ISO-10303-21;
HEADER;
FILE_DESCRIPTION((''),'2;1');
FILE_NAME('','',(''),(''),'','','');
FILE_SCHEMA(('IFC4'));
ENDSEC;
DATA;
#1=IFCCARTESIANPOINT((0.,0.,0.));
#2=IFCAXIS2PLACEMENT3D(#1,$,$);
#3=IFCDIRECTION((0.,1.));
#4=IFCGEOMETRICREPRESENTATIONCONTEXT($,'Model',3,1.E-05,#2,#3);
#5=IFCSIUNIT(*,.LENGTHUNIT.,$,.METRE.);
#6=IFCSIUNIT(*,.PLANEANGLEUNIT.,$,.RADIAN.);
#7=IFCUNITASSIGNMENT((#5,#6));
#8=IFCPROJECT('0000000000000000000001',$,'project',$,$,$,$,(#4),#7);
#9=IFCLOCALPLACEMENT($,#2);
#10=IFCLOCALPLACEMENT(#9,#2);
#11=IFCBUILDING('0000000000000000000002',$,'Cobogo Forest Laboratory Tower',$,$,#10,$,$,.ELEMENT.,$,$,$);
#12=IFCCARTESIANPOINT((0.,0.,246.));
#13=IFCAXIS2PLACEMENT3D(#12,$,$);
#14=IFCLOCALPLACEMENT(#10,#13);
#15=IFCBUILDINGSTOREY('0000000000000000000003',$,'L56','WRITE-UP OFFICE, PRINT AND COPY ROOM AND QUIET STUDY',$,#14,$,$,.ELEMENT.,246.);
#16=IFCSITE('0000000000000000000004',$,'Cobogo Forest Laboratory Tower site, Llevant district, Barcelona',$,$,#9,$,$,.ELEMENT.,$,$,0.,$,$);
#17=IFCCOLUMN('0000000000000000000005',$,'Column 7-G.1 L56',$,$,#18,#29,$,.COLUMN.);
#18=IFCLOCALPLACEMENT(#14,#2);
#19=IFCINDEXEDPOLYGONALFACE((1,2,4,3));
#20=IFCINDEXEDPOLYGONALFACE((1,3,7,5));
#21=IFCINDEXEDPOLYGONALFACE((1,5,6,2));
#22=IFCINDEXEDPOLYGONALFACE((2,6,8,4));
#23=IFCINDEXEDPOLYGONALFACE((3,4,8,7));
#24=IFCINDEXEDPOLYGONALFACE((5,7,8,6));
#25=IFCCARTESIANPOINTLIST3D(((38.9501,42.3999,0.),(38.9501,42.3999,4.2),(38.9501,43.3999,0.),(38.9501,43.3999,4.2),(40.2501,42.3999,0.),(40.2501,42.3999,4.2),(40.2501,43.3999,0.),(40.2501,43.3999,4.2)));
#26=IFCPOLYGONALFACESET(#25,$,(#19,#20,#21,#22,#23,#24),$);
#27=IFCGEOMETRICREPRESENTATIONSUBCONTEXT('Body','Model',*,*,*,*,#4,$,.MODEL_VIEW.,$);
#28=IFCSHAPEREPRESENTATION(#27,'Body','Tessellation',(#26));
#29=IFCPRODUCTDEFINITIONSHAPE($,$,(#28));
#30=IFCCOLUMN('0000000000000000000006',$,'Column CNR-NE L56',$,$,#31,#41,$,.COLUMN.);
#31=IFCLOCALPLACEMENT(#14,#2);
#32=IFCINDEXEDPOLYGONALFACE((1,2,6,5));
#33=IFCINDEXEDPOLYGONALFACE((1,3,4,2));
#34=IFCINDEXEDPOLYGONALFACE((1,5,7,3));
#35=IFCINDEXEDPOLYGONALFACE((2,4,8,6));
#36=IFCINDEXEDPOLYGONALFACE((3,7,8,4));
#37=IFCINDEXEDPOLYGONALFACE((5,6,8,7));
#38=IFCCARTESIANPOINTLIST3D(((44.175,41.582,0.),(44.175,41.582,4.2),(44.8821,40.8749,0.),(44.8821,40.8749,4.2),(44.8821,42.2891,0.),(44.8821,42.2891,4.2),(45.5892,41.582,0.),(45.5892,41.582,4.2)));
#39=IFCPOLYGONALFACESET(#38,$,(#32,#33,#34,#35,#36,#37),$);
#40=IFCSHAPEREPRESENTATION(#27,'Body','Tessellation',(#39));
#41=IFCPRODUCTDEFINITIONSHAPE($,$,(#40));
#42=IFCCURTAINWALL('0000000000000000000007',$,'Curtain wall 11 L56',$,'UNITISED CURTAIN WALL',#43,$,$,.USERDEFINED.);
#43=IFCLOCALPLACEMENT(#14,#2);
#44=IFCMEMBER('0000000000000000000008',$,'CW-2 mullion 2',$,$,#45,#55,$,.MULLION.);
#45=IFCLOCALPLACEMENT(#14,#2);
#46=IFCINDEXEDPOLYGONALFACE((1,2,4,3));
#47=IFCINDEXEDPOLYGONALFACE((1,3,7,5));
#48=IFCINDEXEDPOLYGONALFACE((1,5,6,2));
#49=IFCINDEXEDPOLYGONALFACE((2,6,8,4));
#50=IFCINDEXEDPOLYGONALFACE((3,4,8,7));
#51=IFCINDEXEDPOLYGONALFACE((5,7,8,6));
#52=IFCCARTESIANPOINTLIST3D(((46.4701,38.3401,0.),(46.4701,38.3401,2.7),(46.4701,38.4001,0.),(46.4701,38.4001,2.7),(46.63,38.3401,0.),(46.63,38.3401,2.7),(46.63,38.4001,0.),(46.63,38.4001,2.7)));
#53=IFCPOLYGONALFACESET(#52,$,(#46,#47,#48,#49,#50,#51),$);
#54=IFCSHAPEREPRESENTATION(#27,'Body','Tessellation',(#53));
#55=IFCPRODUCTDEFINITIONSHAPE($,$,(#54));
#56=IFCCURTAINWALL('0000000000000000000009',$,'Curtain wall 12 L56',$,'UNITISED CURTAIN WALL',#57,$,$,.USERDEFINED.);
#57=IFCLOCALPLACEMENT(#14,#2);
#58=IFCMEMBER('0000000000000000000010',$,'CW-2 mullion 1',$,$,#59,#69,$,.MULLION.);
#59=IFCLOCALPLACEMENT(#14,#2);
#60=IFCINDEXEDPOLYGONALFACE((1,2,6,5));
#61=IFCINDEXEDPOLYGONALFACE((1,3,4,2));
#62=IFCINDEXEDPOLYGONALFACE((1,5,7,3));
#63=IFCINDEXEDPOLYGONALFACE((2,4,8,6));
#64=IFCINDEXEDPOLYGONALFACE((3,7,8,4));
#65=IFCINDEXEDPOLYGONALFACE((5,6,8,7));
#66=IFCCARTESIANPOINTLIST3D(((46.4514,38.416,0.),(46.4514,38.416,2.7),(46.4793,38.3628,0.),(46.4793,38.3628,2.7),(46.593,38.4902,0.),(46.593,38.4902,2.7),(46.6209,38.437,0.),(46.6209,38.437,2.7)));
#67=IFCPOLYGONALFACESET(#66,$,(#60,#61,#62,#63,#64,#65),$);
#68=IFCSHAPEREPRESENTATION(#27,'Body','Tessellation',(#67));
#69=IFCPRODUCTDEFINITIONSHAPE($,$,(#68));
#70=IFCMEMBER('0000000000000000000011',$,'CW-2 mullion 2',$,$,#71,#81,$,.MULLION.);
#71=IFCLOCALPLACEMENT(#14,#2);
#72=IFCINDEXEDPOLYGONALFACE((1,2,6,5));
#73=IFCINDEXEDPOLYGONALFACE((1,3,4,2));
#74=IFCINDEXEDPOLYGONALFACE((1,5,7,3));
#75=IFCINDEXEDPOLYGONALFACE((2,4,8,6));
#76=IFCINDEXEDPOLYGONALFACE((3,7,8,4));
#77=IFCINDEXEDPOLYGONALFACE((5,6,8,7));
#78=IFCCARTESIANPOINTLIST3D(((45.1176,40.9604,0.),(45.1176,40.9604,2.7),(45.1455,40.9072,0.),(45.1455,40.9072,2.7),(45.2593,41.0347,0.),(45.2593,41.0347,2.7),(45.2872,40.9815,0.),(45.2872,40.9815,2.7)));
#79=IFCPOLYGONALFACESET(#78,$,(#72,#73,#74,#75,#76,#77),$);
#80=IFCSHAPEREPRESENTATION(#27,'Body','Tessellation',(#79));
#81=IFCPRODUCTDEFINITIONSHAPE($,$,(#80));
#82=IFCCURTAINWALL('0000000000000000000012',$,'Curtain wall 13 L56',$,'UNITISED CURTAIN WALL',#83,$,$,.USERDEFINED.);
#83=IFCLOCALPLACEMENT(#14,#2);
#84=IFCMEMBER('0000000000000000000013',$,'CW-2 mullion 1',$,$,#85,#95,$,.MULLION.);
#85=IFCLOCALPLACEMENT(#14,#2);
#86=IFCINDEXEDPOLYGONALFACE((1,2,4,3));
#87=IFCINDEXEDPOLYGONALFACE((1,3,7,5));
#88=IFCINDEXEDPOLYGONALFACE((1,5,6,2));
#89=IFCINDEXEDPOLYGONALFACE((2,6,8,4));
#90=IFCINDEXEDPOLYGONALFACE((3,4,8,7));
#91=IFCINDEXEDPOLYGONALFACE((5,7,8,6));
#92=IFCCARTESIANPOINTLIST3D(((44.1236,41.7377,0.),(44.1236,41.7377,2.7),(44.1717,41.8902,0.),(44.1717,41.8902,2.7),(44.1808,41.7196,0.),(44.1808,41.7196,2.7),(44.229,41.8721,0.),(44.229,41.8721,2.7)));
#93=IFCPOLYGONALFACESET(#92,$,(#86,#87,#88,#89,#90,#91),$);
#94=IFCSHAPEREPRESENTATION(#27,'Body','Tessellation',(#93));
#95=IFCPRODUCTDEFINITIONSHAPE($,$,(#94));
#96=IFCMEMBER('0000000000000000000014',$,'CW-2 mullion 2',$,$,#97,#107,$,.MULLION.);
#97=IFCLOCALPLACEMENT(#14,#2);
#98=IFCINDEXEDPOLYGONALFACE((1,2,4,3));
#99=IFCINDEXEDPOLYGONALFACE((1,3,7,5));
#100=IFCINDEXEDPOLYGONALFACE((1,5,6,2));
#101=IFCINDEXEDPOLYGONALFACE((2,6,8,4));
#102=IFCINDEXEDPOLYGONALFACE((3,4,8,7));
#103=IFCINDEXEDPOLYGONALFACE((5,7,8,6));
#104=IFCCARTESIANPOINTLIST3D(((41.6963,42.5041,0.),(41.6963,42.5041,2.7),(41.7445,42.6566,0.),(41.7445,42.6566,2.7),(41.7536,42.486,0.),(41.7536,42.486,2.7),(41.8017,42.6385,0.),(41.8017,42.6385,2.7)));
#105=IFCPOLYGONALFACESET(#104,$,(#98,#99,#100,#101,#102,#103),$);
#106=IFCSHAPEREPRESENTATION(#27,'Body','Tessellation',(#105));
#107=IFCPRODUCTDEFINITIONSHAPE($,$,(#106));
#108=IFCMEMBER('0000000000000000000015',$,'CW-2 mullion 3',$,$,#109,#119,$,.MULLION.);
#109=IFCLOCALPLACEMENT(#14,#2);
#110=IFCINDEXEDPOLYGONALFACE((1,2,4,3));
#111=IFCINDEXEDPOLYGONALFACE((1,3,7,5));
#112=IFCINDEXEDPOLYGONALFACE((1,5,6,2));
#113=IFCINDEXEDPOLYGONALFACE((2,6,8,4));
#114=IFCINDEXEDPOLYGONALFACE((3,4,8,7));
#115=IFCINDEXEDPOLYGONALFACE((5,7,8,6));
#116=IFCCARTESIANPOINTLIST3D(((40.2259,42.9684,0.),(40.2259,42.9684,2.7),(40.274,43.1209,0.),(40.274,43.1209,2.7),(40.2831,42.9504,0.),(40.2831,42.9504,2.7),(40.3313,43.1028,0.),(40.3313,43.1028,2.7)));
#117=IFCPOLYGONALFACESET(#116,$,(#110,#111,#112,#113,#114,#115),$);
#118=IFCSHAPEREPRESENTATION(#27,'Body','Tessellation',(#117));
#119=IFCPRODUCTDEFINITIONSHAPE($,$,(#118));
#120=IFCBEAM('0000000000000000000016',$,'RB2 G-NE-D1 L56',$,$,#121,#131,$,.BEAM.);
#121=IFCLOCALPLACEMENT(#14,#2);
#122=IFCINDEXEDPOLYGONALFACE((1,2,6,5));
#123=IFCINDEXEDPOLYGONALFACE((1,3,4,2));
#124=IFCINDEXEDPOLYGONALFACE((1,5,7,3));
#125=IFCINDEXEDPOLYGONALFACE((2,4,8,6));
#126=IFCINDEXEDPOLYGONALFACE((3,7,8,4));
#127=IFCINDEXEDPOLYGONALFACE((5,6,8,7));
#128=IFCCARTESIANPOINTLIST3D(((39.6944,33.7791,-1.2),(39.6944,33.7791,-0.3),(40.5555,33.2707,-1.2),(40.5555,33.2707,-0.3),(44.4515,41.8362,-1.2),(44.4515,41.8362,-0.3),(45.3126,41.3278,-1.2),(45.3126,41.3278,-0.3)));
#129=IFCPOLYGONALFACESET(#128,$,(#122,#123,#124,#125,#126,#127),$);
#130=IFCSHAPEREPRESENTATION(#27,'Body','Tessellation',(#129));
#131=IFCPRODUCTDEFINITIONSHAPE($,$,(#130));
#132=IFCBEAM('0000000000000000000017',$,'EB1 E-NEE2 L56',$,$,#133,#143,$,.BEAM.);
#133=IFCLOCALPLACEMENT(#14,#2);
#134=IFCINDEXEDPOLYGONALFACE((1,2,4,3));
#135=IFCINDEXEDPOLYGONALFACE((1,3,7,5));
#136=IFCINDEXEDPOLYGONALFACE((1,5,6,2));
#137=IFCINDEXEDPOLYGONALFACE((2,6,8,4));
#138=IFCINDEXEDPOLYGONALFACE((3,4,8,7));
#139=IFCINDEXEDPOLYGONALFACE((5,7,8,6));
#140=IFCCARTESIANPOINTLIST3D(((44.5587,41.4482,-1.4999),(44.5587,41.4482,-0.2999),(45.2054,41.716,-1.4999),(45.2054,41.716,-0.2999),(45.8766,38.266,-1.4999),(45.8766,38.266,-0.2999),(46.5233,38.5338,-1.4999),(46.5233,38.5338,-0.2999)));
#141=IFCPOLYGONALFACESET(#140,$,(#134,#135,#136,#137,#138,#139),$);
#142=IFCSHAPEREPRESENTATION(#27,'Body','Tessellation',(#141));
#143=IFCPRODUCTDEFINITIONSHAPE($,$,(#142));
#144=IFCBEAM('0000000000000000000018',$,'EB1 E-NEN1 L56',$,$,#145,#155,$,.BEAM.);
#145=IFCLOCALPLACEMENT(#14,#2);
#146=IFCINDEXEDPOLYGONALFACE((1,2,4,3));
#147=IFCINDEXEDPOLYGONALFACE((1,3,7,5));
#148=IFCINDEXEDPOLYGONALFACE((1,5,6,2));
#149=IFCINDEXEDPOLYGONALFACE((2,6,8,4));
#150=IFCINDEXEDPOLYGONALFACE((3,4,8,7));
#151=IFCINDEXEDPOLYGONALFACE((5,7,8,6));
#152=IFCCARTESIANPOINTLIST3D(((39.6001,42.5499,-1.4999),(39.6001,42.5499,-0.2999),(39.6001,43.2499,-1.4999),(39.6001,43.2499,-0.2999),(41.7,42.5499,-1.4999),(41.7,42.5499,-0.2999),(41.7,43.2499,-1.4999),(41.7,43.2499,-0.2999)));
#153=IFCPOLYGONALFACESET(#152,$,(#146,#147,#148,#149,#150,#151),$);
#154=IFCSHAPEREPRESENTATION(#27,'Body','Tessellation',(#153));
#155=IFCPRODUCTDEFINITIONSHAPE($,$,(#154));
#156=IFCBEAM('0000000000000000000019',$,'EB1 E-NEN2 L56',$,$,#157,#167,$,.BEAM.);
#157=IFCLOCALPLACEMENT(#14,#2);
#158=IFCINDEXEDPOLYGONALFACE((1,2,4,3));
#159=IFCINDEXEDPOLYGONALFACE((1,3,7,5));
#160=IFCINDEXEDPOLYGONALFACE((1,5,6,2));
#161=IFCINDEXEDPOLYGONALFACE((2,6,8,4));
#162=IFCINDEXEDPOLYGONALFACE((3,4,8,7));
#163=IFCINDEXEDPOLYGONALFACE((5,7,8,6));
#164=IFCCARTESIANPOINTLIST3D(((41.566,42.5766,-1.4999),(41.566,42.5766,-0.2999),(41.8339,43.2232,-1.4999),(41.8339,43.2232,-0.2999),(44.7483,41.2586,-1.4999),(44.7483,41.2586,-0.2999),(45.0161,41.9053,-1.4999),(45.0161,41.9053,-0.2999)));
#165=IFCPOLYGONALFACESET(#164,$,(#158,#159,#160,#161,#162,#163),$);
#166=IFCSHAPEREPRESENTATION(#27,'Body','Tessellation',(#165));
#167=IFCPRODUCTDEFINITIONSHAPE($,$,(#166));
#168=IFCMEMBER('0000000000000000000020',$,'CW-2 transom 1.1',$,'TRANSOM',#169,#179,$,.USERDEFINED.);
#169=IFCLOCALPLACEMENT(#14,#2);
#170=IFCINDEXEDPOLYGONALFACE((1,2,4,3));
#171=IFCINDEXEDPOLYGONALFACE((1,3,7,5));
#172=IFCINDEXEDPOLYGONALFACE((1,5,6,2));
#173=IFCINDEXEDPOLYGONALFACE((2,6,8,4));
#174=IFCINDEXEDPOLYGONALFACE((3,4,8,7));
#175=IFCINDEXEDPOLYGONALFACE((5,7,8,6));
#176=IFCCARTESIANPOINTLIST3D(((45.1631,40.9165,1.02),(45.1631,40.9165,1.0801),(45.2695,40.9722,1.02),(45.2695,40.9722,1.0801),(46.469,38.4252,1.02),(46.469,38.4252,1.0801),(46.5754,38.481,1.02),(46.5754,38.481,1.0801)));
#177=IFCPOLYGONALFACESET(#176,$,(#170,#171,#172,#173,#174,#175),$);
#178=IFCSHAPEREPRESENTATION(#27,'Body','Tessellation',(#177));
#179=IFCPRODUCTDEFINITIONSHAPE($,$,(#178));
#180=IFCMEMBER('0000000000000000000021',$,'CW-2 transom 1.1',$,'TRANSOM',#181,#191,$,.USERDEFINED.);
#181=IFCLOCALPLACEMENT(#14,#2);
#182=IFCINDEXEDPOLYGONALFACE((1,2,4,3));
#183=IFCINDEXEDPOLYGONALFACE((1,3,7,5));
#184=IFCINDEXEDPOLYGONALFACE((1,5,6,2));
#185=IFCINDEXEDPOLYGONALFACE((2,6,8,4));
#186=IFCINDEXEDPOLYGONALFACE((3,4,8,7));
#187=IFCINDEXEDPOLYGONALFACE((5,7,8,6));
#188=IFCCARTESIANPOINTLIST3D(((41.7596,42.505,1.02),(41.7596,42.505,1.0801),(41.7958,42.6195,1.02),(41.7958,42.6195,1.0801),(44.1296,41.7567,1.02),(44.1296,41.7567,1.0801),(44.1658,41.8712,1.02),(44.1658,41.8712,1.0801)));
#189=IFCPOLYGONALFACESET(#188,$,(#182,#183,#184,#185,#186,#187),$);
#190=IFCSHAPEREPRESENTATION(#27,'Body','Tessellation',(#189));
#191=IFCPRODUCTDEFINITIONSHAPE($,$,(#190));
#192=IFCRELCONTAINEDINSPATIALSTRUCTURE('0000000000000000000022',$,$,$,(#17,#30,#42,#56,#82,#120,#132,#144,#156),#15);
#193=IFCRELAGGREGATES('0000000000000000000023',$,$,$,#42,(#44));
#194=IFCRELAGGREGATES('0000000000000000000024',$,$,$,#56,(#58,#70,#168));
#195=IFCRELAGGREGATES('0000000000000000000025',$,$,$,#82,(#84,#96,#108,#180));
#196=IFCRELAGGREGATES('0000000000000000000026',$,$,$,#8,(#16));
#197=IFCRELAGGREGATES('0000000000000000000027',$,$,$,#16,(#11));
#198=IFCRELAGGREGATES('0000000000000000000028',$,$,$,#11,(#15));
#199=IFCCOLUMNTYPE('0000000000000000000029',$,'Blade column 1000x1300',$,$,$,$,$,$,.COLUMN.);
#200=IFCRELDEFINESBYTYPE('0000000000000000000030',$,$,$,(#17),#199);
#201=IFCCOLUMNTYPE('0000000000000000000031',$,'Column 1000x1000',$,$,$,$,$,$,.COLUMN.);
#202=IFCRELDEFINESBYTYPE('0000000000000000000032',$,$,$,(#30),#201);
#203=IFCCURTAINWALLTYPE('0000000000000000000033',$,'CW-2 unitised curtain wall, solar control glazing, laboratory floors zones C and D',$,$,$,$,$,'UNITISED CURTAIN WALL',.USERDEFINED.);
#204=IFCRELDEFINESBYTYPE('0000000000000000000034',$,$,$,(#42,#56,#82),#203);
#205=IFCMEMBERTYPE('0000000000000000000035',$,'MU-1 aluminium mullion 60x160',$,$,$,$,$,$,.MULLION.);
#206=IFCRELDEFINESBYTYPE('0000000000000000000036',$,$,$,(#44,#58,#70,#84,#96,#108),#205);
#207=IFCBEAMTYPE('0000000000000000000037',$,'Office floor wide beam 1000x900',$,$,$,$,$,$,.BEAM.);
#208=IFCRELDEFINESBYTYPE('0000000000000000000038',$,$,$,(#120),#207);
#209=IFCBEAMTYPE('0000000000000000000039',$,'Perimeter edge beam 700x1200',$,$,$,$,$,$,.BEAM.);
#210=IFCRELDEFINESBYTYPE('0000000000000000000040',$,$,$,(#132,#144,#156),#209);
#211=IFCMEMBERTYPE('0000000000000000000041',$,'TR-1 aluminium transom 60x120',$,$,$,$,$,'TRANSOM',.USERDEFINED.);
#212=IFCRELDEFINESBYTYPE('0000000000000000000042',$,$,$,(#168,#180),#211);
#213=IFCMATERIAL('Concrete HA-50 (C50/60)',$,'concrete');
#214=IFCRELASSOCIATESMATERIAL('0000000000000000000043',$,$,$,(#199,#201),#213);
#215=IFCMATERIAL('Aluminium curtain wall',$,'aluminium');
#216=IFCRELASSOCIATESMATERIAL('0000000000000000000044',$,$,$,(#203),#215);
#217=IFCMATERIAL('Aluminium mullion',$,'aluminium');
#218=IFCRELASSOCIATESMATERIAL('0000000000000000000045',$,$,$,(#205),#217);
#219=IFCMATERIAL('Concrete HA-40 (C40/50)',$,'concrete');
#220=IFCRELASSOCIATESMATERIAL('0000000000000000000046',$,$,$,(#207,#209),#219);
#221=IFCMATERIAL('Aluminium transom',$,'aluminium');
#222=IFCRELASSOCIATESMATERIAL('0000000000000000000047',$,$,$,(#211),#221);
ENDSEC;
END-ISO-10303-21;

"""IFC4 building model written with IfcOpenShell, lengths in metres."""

from ifc_helpers import new_model, si_unit, direction, frame, origin, origin_2d, place, context, subcontext, project, spatial, rectangle, extrude, material, material_profile, profile_set, type_object, element, aggregate, save


model = new_model("IFC4")

# Units and contexts
model_context = context("Model", 3, precision=1e-05, world=origin(), true_north=direction((0.0, 1.0)))
body_context = subcontext(model_context, "Body", "Model", "MODEL_VIEW")
ifc_project = project(units=[si_unit("LENGTHUNIT", "METRE"), si_unit("PLANEANGLEUNIT", "RADIAN")], contexts=[model_context])

# Site, building, storey
site_placement = place(None, origin())
site = spatial("IfcSite", under=ifc_project, at=site_placement, Name="Cobogo Forest Laboratory Tower site, Llevant district, Barcelona", CompositionType="ELEMENT", RefElevation=0.0)
building_placement = place(site_placement, origin())
building = spatial("IfcBuilding", under=site, at=building_placement, Name="Cobogo Forest Laboratory Tower", CompositionType="ELEMENT")
storey_placement = place(building_placement, frame((0.0, 0.0, 246.0)))
storey = spatial("IfcBuildingStorey", under=building, at=storey_placement, Name="L56", Description="WRITE-UP OFFICE, PRINT AND COPY ROOM AND QUIET STUDY", CompositionType="ELEMENT", Elevation=246.0)

# Columns
ifc_material_1 = material(Name="Concrete HA-50 (C50/60)", Category="concrete")
ifc_material_profile_1 = material_profile(ifc_material_1, rectangle(XDim=1.3, YDim=1.0, at=origin_2d()), Name="RC 1000x1300")
ifc_profile_set_1 = profile_set([ifc_material_profile_1], Name="Concrete HA-50 (C50/60)")
column_type_1 = type_object("IfcColumnType", Name="Blade column 1000x1300", PredefinedType="COLUMN", material=ifc_profile_set_1)
column_1_placement = place(storey_placement, frame((39.6001, 42.8999, 0.0), z_axis=(0.0, 0.0, 1.0), x_axis=(1.0, 0.0, 0.0)))
element("IfcColumn", 1, at=column_1_placement, inside=storey, type_object=column_type_1, Name="Column 7-G.1 L56", PredefinedType="COLUMN", context=body_context, shape_type="SweptSolid", body=[
    extrude(rectangle(XDim=1.3, YDim=1.0, at=origin_2d()), origin(), (0.0, 0.0, 1.0), 4.2),
])
ifc_material_profile_2 = material_profile(ifc_material_1, rectangle(XDim=1.0, YDim=1.0, at=origin_2d()), Name="RC 1000x1000")
ifc_profile_set_2 = profile_set([ifc_material_profile_2], Name="Concrete HA-50 (C50/60)")
column_type_2 = type_object("IfcColumnType", Name="Column 1000x1000", PredefinedType="COLUMN", material=ifc_profile_set_2)
column_2_placement = place(storey_placement, frame((44.8821, 41.582, 0.0), z_axis=(0.0, 0.0, 1.0), x_axis=(0.707107, 0.707107, 0.0)))
element("IfcColumn", 2, at=column_2_placement, inside=storey, type_object=column_type_2, Name="Column CNR-NE L56", PredefinedType="COLUMN", context=body_context, shape_type="SweptSolid", body=[
    extrude(rectangle(XDim=1.0, YDim=1.0, at=origin_2d()), origin(), (0.0, 0.0, 1.0), 4.2),
])

# Curtain wall, member
ifc_material_2 = material(Name="Aluminium curtain wall", Category="aluminium")
curtain_wall_type = type_object("IfcCurtainWallType", Name="CW-2 unitised curtain wall, solar control glazing, laboratory floors zones C and D", ElementType="UNITISED CURTAIN WALL", PredefinedType="USERDEFINED", material=ifc_material_2)
curtain_wall_1_placement = place(storey_placement, origin())
curtain_wall_1 = element("IfcCurtainWall", 3, at=curtain_wall_1_placement, inside=storey, type_object=curtain_wall_type, Name="Curtain wall 11 L56", ObjectType="UNITISED CURTAIN WALL", PredefinedType="USERDEFINED")
ifc_material_3 = material(Name="Aluminium mullion", Category="aluminium")
ifc_material_profile_3 = material_profile(ifc_material_3, rectangle(XDim=0.0601, YDim=0.1599, at=origin_2d()), Name="AL 60x160")
ifc_profile_set_3 = profile_set([ifc_material_profile_3], Name="Aluminium mullion")
member_type_1 = type_object("IfcMemberType", Name="MU-1 aluminium mullion 60x160", PredefinedType="MULLION", material=ifc_profile_set_3)
member_1_placement = place(storey_placement, frame((46.55, 38.3701, 0.0), z_axis=(0.0, 0.0, 1.0), x_axis=(0.0, 1.0, 0.0)))
member_1 = element("IfcMember", 4, at=member_1_placement, type_object=member_type_1, Name="CW-2 mullion 2", PredefinedType="MULLION", context=body_context, shape_type="SweptSolid", body=[
    extrude(rectangle(XDim=0.0601, YDim=0.1599, at=origin_2d()), origin(), (0.0, 0.0, 1.0), 2.7),
])

# Curtain walls, members
curtain_wall_2_placement = place(storey_placement, origin())
curtain_wall_2 = element("IfcCurtainWall", 5, at=curtain_wall_2_placement, inside=storey, type_object=curtain_wall_type, Name="Curtain wall 12 L56", ObjectType="UNITISED CURTAIN WALL", PredefinedType="USERDEFINED")
member_2_placement = place(storey_placement, frame((46.5361, 38.4265, 0.0), z_axis=(0.0, 0.0, 1.0), x_axis=(-0.464284, 0.885686, 0.0)))
member_2 = element("IfcMember", 6, at=member_2_placement, type_object=member_type_1, Name="CW-2 mullion 1", PredefinedType="MULLION", context=body_context, shape_type="SweptSolid", body=[
    extrude(rectangle(XDim=0.0601, YDim=0.1599, at=origin_2d()), origin(), (0.0, 0.0, 1.0), 2.7),
])
member_3_placement = place(storey_placement, frame((45.2024, 40.9709, 0.0), z_axis=(0.0, 0.0, 1.0), x_axis=(-0.464284, 0.885686, 0.0)))
member_3 = element("IfcMember", 7, at=member_3_placement, type_object=member_type_1, Name="CW-2 mullion 2", PredefinedType="MULLION", context=body_context, shape_type="SweptSolid", body=[
    extrude(rectangle(XDim=0.0601, YDim=0.1599, at=origin_2d()), origin(), (0.0, 0.0, 1.0), 2.7),
])
curtain_wall_3_placement = place(storey_placement, origin())
curtain_wall_3 = element("IfcCurtainWall", 8, at=curtain_wall_3_placement, inside=storey, type_object=curtain_wall_type, Name="Curtain wall 13 L56", ObjectType="UNITISED CURTAIN WALL", PredefinedType="USERDEFINED")
member_4_placement = place(storey_placement, frame((44.1763, 41.8049, 0.0), z_axis=(0.0, 0.0, 1.0), x_axis=(-0.953581, 0.301135, 0.0)))
member_4 = element("IfcMember", 9, at=member_4_placement, type_object=member_type_1, Name="CW-2 mullion 1", PredefinedType="MULLION", context=body_context, shape_type="SweptSolid", body=[
    extrude(rectangle(XDim=0.0601, YDim=0.1599, at=origin_2d()), origin(), (0.0, 0.0, 1.0), 2.7),
])
member_5_placement = place(storey_placement, frame((41.749, 42.5713, 0.0), z_axis=(0.0, 0.0, 1.0), x_axis=(-0.953581, 0.301135, 0.0)))
member_5 = element("IfcMember", 10, at=member_5_placement, type_object=member_type_1, Name="CW-2 mullion 2", PredefinedType="MULLION", context=body_context, shape_type="SweptSolid", body=[
    extrude(rectangle(XDim=0.0601, YDim=0.1599, at=origin_2d()), origin(), (0.0, 0.0, 1.0), 2.7),
])
member_6_placement = place(storey_placement, frame((40.2786, 43.0356, 0.0), z_axis=(0.0, 0.0, 1.0), x_axis=(-0.953581, 0.301135, 0.0)))
member_6 = element("IfcMember", 11, at=member_6_placement, type_object=member_type_1, Name="CW-2 mullion 3", PredefinedType="MULLION", context=body_context, shape_type="SweptSolid", body=[
    extrude(rectangle(XDim=0.0601, YDim=0.1599, at=origin_2d()), origin(), (0.0, 0.0, 1.0), 2.7),
])

# Beams
ifc_material_4 = material(Name="Concrete HA-40 (C40/50)", Category="concrete")
ifc_material_profile_4 = material_profile(ifc_material_4, rectangle(XDim=1.0, YDim=0.8999, at=origin_2d()), Name="RC 1000x900")
ifc_profile_set_4 = profile_set([ifc_material_profile_4], Name="Concrete HA-40 (C40/50)")
beam_type_1 = type_object("IfcBeamType", Name="Office floor wide beam 1000x900", PredefinedType="BEAM", material=ifc_profile_set_4)
beam_1_placement = place(storey_placement, frame((44.8821, 41.582, -0.75), z_axis=(-0.508416, -0.861111, 0.0), x_axis=(0.861111, -0.508416, 0.0)))
element("IfcBeam", 12, at=beam_1_placement, inside=storey, type_object=beam_type_1, Name="RB2 G-NE-D1 L56", PredefinedType="BEAM", context=body_context, shape_type="SweptSolid", body=[
    extrude(rectangle(XDim=1.0, YDim=0.8999, at=origin_2d()), origin(), (0.0, 0.0, 1.0), 9.3567),
])
ifc_material_profile_5 = material_profile(ifc_material_4, rectangle(XDim=0.7, YDim=1.2, at=origin_2d()), Name="RC 700x1200")
ifc_profile_set_5 = profile_set([ifc_material_profile_5], Name="Concrete HA-40 (C40/50)")
beam_type_2 = type_object("IfcBeamType", Name="Perimeter edge beam 700x1200", PredefinedType="BEAM", material=ifc_profile_set_5)
beam_2_placement = place(storey_placement, frame((46.2, 38.3999, -0.8999), z_axis=(-0.382631, 0.923901, 0.0), x_axis=(-0.923901, -0.382631, 0.0)))
element("IfcBeam", 13, at=beam_2_placement, inside=storey, type_object=beam_type_2, Name="EB1 E-NEE2 L56", PredefinedType="BEAM", context=body_context, shape_type="SweptSolid", body=[
    extrude(rectangle(XDim=0.7, YDim=1.2, at=origin_2d()), origin(), (0.0, 0.0, 1.0), 3.4443),
])
beam_3_placement = place(storey_placement, frame((39.6001, 42.8999, -0.8999), z_axis=(1.0, 0.0, 0.0), x_axis=(0.0, 1.0, 0.0)))
element("IfcBeam", 14, at=beam_3_placement, inside=storey, type_object=beam_type_2, Name="EB1 E-NEN1 L56", PredefinedType="BEAM", context=body_context, shape_type="SweptSolid", body=[
    extrude(rectangle(XDim=0.7, YDim=1.2, at=origin_2d()), origin(), (0.0, 0.0, 1.0), 2.0999),
])
beam_4_placement = place(storey_placement, frame((41.7, 42.8999, -0.8999), z_axis=(0.923901, -0.382631, 0.0), x_axis=(0.382631, 0.923901, 0.0)))
element("IfcBeam", 15, at=beam_4_placement, inside=storey, type_object=beam_type_2, Name="EB1 E-NEN2 L56", PredefinedType="BEAM", context=body_context, shape_type="SweptSolid", body=[
    extrude(rectangle(XDim=0.7, YDim=1.2, at=origin_2d()), origin(), (0.0, 0.0, 1.0), 3.4443),
])

# Members
ifc_material_5 = material(Name="Aluminium transom", Category="aluminium")
ifc_material_profile_6 = material_profile(ifc_material_5, rectangle(XDim=0.1201, YDim=0.0601, at=origin_2d()), Name="AL 60x120")
ifc_profile_set_6 = profile_set([ifc_material_profile_6], Name="Aluminium transom")
member_type_2 = type_object("IfcMemberType", Name="TR-1 aluminium transom 60x120", ElementType="TRANSOM", PredefinedType="USERDEFINED", material=ifc_profile_set_6)
member_7_placement = place(storey_placement, frame((46.5222, 38.4531, 1.05), z_axis=(-0.464283, 0.885687, 0.0), x_axis=(-0.885687, -0.464283, 0.0)))
member_7 = element("IfcMember", 16, at=member_7_placement, type_object=member_type_2, Name="CW-2 transom 1.1", ObjectType="TRANSOM", PredefinedType="USERDEFINED", context=body_context, shape_type="SweptSolid", body=[
    extrude(rectangle(XDim=0.1201, YDim=0.0601, at=origin_2d()), origin(), (0.0, 0.0, 1.0), 2.8127),
])
member_8_placement = place(storey_placement, frame((44.1477, 41.814, 1.05), z_axis=(-0.953602, 0.30107, 0.0), x_axis=(-0.30107, -0.953602, 0.0)))
member_8 = element("IfcMember", 17, at=member_8_placement, type_object=member_type_2, Name="CW-2 transom 1.1", ObjectType="TRANSOM", PredefinedType="USERDEFINED", context=body_context, shape_type="SweptSolid", body=[
    extrude(rectangle(XDim=0.1201, YDim=0.0601, at=origin_2d()), origin(), (0.0, 0.0, 1.0), 2.4854),
])

aggregate(curtain_wall_1, [member_1])
aggregate(curtain_wall_2, [member_2, member_3, member_7])
aggregate(curtain_wall_3, [member_4, member_5, member_6, member_8])

save(model, "model.ifc")
